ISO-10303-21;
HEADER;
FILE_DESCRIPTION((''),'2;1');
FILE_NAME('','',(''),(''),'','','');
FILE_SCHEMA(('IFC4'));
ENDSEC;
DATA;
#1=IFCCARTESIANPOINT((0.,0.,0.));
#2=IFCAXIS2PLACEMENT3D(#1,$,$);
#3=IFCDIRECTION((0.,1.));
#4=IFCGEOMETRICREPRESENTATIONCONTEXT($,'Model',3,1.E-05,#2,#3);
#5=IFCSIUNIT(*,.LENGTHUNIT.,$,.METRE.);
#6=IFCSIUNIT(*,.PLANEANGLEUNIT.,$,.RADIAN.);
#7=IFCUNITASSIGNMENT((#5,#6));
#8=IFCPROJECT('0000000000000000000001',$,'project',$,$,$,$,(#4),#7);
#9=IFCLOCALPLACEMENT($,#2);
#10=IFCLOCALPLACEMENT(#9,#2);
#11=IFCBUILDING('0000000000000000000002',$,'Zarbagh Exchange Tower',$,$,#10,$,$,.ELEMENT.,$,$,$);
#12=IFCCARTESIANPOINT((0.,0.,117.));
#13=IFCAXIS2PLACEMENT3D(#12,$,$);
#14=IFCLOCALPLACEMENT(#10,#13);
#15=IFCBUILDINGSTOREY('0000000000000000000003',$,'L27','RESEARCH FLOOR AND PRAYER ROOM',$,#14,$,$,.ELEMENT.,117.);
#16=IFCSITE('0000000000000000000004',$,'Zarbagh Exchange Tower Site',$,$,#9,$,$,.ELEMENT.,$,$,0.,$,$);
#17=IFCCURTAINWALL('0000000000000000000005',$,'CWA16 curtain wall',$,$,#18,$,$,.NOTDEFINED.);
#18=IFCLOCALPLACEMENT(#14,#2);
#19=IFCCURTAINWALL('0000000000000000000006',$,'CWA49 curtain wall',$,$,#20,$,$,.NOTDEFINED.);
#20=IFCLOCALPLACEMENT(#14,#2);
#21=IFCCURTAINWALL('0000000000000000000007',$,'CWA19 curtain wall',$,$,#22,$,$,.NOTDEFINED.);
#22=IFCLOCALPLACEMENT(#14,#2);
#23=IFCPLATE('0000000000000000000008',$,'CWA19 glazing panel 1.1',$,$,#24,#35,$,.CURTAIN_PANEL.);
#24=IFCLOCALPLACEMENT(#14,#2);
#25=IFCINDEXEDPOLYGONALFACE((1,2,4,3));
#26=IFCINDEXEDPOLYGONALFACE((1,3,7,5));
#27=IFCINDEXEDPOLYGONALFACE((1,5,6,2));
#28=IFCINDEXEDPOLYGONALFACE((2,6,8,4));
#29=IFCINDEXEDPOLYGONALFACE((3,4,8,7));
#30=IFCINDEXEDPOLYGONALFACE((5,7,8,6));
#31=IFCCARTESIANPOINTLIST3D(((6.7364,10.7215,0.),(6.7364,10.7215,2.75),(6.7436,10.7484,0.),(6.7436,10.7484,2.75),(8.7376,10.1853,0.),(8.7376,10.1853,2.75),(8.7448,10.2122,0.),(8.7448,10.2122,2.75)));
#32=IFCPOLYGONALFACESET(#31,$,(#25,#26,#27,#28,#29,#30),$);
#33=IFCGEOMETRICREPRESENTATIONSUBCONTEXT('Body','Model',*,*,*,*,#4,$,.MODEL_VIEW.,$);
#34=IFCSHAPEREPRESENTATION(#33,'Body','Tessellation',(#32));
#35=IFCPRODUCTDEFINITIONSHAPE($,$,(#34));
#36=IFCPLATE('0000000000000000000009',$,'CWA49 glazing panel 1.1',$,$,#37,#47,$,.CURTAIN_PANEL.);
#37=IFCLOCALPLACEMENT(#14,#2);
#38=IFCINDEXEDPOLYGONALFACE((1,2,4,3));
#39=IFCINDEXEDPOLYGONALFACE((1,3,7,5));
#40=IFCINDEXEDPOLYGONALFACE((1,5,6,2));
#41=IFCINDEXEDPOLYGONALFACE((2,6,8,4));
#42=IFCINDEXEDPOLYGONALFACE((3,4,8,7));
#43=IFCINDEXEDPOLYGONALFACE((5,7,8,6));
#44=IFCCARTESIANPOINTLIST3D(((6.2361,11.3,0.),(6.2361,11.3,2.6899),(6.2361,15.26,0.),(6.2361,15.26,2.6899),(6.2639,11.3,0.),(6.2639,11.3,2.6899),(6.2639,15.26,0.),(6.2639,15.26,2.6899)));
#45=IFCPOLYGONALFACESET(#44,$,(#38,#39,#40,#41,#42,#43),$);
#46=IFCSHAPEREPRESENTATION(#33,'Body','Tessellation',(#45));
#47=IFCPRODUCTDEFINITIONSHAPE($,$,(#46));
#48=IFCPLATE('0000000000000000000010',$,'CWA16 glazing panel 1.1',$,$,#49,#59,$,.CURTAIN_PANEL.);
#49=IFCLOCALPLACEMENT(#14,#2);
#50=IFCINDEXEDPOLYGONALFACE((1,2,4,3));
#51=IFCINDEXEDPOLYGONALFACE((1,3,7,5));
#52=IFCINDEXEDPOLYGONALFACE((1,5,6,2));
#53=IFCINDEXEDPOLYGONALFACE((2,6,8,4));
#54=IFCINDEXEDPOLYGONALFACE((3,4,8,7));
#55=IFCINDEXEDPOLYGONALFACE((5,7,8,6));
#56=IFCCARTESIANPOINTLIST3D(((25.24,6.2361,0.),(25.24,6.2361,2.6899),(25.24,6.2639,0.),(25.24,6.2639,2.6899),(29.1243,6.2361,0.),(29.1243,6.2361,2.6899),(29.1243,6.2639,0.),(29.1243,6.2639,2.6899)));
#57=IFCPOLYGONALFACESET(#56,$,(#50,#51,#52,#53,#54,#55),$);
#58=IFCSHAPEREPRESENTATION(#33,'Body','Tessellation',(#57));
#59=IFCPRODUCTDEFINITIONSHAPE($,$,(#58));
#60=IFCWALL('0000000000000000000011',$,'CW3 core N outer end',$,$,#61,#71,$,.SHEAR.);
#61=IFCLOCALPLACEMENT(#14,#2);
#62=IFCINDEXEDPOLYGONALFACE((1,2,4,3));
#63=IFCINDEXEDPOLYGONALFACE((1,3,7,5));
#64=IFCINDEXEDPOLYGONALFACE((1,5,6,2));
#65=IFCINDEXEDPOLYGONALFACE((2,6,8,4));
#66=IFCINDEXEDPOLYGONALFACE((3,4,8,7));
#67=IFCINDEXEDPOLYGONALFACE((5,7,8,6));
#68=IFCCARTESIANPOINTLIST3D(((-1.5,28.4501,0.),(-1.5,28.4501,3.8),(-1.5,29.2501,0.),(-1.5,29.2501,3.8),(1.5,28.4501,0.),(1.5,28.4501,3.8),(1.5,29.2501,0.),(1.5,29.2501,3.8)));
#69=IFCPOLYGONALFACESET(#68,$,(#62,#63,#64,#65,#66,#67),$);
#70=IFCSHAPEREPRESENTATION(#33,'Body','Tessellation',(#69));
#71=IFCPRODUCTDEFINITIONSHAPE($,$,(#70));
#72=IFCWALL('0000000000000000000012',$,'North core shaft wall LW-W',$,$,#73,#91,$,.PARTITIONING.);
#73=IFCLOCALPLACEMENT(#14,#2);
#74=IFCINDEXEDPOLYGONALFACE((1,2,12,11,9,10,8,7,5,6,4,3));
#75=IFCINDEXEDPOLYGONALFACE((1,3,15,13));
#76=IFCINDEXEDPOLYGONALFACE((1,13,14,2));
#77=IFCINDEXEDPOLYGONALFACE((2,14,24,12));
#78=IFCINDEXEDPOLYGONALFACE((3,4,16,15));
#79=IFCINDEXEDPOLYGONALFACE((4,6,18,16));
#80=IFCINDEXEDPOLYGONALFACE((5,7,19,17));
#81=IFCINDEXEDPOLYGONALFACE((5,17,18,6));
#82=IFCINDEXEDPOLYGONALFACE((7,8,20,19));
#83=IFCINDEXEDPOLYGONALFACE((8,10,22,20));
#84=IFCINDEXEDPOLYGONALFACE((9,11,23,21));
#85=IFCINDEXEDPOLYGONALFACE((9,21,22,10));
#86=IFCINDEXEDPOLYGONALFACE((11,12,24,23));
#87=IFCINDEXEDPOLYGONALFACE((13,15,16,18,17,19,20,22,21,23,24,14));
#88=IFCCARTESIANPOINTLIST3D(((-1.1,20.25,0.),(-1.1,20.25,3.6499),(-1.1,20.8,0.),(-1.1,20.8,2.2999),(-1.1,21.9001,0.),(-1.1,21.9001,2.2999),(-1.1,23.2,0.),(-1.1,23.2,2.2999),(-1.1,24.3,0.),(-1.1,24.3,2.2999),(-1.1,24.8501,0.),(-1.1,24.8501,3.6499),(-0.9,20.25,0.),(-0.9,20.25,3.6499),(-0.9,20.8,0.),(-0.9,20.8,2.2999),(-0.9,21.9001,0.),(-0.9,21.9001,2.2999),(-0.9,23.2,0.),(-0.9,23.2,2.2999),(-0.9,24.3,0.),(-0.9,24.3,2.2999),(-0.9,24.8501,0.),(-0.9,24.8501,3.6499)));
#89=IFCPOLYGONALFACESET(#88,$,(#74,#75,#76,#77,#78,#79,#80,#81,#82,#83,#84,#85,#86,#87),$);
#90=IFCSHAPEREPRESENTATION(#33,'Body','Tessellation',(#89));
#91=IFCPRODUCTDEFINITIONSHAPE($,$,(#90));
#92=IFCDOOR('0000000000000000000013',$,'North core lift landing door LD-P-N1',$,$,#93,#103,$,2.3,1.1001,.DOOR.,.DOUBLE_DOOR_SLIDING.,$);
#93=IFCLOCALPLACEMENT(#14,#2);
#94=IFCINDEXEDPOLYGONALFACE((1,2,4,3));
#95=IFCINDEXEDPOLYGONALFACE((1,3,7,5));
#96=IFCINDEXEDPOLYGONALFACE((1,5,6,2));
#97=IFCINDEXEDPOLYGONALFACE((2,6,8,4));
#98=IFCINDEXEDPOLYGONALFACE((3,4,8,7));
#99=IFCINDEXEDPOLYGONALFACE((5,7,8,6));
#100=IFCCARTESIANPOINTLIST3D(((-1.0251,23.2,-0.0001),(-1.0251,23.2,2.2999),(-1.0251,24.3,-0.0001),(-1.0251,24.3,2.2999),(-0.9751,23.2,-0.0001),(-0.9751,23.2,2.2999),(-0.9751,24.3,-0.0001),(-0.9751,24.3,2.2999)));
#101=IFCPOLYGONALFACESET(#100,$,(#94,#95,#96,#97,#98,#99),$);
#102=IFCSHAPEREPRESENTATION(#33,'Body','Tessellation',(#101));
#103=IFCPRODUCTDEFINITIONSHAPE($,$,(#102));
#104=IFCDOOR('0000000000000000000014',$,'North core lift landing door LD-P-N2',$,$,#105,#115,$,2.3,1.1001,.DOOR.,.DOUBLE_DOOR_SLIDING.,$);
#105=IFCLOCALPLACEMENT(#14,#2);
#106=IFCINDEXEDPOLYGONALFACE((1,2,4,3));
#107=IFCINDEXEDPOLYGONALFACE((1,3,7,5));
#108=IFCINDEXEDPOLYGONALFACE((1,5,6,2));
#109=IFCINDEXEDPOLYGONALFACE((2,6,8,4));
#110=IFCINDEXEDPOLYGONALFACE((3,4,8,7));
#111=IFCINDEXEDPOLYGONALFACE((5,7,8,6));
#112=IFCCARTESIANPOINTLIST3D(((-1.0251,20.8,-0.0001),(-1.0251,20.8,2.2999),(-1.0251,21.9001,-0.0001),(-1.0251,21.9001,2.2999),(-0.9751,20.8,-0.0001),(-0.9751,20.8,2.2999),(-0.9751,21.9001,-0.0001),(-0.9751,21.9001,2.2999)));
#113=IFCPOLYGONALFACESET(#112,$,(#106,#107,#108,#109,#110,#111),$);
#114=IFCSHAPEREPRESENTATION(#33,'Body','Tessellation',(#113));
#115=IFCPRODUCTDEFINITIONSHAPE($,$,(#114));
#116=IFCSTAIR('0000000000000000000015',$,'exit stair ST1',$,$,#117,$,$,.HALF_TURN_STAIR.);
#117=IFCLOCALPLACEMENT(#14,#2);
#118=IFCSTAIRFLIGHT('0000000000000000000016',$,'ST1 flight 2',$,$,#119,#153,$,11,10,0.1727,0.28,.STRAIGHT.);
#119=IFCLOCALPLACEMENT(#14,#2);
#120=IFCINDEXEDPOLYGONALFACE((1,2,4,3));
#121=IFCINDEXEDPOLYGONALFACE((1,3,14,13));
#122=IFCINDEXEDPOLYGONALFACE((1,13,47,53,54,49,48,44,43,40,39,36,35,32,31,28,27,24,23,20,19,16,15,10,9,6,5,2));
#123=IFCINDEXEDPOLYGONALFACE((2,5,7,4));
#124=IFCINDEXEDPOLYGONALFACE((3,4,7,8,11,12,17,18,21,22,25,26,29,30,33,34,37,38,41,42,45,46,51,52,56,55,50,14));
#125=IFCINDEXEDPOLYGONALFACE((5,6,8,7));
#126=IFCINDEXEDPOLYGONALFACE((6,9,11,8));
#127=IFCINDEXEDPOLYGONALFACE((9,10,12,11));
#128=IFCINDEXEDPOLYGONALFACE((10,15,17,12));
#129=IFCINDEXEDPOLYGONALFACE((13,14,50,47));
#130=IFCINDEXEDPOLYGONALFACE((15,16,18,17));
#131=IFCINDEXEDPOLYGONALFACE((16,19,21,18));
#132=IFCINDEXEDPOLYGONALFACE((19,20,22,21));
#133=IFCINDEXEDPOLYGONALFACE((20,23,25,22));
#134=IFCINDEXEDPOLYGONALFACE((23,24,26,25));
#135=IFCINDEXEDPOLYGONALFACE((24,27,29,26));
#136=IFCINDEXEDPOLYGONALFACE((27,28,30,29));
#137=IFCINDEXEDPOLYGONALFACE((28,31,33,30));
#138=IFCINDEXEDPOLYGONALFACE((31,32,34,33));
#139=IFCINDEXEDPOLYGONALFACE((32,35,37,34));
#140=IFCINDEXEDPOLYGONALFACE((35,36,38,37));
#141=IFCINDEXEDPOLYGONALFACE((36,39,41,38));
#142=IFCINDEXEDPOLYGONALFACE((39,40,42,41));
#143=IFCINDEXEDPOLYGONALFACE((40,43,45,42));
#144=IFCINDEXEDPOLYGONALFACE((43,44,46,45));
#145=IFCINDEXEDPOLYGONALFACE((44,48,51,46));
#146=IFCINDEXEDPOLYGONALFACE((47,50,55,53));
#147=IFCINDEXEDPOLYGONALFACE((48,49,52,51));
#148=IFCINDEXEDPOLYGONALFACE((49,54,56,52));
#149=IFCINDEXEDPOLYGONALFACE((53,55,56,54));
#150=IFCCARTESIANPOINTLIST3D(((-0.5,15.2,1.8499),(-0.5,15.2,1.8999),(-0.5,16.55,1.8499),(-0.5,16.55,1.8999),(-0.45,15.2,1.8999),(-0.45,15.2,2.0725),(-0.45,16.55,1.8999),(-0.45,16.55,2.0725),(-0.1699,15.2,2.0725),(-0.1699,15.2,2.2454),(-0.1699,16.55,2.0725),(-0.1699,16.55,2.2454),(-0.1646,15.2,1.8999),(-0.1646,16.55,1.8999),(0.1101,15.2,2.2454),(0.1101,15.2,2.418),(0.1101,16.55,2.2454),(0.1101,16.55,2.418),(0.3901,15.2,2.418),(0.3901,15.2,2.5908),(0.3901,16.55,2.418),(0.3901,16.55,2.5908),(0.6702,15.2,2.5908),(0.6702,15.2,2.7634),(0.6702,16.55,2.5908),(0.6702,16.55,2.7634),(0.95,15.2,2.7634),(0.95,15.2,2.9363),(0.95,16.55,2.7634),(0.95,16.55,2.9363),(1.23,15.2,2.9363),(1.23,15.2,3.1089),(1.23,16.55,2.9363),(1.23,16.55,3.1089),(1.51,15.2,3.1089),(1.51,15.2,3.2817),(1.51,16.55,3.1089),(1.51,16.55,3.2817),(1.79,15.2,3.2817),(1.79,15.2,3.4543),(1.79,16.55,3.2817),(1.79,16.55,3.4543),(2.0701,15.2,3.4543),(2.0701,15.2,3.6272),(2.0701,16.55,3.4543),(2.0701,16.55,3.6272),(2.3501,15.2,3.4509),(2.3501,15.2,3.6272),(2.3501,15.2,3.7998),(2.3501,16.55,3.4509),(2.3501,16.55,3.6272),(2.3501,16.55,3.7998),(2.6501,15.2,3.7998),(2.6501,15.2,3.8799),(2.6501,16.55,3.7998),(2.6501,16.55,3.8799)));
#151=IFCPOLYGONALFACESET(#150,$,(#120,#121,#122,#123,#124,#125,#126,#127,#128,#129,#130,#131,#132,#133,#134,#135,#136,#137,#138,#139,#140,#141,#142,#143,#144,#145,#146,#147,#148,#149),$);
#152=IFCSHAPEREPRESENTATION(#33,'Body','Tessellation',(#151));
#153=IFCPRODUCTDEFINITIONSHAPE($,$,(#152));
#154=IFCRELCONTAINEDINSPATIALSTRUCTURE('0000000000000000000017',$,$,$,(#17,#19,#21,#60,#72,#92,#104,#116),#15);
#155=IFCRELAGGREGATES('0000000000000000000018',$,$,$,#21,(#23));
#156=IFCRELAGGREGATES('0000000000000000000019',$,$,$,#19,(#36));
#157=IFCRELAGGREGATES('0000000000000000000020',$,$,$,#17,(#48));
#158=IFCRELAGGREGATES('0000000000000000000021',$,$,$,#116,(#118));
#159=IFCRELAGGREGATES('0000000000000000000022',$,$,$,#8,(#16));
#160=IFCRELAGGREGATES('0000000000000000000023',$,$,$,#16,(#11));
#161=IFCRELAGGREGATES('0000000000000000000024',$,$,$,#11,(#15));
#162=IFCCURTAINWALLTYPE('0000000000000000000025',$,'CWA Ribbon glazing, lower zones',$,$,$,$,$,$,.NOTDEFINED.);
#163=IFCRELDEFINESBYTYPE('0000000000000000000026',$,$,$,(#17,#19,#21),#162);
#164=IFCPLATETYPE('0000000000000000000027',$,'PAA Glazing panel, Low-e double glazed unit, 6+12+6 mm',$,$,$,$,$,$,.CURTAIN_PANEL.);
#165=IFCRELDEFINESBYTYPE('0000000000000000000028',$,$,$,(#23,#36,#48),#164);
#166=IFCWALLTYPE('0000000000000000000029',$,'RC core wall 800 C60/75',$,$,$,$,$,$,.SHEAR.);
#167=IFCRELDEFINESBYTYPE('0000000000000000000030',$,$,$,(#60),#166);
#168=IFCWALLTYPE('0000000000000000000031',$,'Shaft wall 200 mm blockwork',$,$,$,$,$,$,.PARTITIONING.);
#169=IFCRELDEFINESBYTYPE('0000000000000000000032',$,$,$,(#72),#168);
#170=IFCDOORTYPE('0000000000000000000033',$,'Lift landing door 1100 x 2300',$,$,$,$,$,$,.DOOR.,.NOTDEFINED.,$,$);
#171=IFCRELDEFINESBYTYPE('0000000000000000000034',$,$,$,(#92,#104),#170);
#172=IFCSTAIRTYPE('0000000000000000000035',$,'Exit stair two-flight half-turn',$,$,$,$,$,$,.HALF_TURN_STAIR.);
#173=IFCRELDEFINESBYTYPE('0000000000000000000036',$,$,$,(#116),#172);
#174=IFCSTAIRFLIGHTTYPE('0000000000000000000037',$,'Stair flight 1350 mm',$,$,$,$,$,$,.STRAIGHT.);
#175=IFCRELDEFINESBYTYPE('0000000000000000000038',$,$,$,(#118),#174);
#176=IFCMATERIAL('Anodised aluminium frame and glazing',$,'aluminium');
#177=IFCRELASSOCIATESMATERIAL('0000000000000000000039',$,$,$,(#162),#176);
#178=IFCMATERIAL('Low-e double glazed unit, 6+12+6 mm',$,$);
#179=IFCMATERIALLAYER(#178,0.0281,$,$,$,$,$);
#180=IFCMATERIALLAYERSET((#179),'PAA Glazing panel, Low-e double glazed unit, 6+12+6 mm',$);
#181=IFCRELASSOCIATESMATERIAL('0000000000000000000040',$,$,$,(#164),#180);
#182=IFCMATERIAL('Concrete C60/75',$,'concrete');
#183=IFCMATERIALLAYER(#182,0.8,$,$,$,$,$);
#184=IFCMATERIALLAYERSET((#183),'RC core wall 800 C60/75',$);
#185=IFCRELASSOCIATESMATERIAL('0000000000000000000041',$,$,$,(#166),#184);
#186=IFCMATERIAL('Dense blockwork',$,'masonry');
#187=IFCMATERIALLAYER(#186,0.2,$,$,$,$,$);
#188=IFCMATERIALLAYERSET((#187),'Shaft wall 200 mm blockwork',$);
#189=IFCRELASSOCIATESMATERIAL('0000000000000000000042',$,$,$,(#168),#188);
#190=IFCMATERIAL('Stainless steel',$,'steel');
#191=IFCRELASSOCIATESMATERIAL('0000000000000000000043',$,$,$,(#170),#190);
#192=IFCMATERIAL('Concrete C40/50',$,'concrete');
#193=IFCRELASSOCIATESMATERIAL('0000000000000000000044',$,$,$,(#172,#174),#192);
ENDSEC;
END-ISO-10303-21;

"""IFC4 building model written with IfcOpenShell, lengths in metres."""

from ifc_helpers import new_model, si_unit, direction, frame, frame_2d, origin, place, context, subcontext, project, spatial, polyline, rectangle, outline, extrude, source, transform, mapped, material, layer, layer_set, type_object, element, fill, aggregate, save


model = new_model("IFC4")

# Units and contexts
model_context = context("Model", 3, precision=1e-05, world=origin(), true_north=direction((0.0, 1.0)))
body_context = subcontext(model_context, "Body", "Model", "MODEL_VIEW")
ifc_project = project(units=[si_unit("LENGTHUNIT", "METRE"), si_unit("PLANEANGLEUNIT", "RADIAN")], contexts=[model_context])

# Site, building, storey
site_placement = place(None, origin())
site = spatial("IfcSite", under=ifc_project, at=site_placement, Name="Zarbagh Exchange Tower Site", CompositionType="ELEMENT", RefElevation=0.0)
building_placement = place(site_placement, origin())
building = spatial("IfcBuilding", under=site, at=building_placement, Name="Zarbagh Exchange Tower", CompositionType="ELEMENT")
storey_placement = place(building_placement, frame((0.0, 0.0, 117.0)))
storey = spatial("IfcBuildingStorey", under=building, at=storey_placement, Name="L27", Description="RESEARCH FLOOR AND PRAYER ROOM", CompositionType="ELEMENT", Elevation=117.0)

# Curtain wall
ifc_material_1 = material(Name="Anodised aluminium frame and glazing", Category="aluminium")
curtain_wall_type = type_object("IfcCurtainWallType", Name="CWA Ribbon glazing, lower zones", PredefinedType="NOTDEFINED", material=ifc_material_1)
curtain_wall_1_placement = place(storey_placement, origin())
curtain_wall_1 = element("IfcCurtainWall", 1, at=curtain_wall_1_placement, inside=storey, type_object=curtain_wall_type, Name="CWA16 curtain wall", PredefinedType="NOTDEFINED")
placement = place(storey_placement, origin())

# Curtain wall
curtain_wall_2_placement = place(storey_placement, origin())
curtain_wall_2 = element("IfcCurtainWall", 2, at=curtain_wall_2_placement, inside=storey, type_object=curtain_wall_type, Name="CWA49 curtain wall", PredefinedType="NOTDEFINED")

# Shared definitions
ifc_material_2 = material(Name="Low-e double glazed unit, 6+12+6 mm")
ifc_layer_1 = layer(ifc_material_2, 0.0281)
ifc_layer_set_1 = layer_set([ifc_layer_1], Name="PAA Glazing panel, Low-e double glazed unit, 6+12+6 mm")
plate_type = type_object("IfcPlateType", Name="PAA Glazing panel, Low-e double glazed unit, 6+12+6 mm", PredefinedType="CURTAIN_PANEL", material=ifc_layer_set_1)

# Curtain wall, plate
curtain_wall_3_placement = place(storey_placement, origin())
curtain_wall_3 = element("IfcCurtainWall", 3, at=curtain_wall_3_placement, inside=storey, type_object=curtain_wall_type, Name="CWA19 curtain wall", PredefinedType="NOTDEFINED")
shared_shape_1 = source(origin(), body_context, "Body", "SweptSolid", [
    extrude(outline(polyline([(0.0, -0.0139), (2.0718, -0.0139), (2.0718, 0.0139), (0.0, 0.0139), (0.0, -0.0139)])), origin(), (0.0, 0.0, 1.0), 2.75),
])
plate_1 = element("IfcPlate", 4, at=placement, type_object=plate_type, Name="CWA19 glazing panel 1.1", PredefinedType="CURTAIN_PANEL", context=body_context, shape_type="MappedRepresentation", body=[
    mapped(shared_shape_1, transform((8.7412, 10.1987, 0.0), x_axis=(-0.965924, 0.258825, 0.0), y_axis=(-0.258825, -0.965924, 0.0), z_axis=(0.0, 0.0, 1.0))),
])
aggregate(curtain_wall_3, [plate_1])

# Plates
shared_shape_2 = source(origin(), body_context, "Body", "SweptSolid", [
    extrude(outline(polyline([(0.0, -0.0139), (3.96, -0.0139), (3.96, 0.0139), (0.0, 0.0139), (0.0, -0.0139)])), origin(), (0.0, 0.0, 1.0), 2.6899),
])
plate_2 = element("IfcPlate", 5, at=placement, type_object=plate_type, Name="CWA49 glazing panel 1.1", PredefinedType="CURTAIN_PANEL", context=body_context, shape_type="MappedRepresentation", body=[
    mapped(shared_shape_2, transform((6.25, 11.3, 0.0), x_axis=(0.0, 1.0, 0.0), y_axis=(-1.0, 0.0, 0.0), z_axis=(0.0, 0.0, 1.0))),
])
aggregate(curtain_wall_2, [plate_2])
shared_shape_3 = source(origin(), body_context, "Body", "SweptSolid", [
    extrude(outline(polyline([(0.0, -0.0139), (3.8843, -0.0139), (3.8843, 0.0139), (0.0, 0.0139), (0.0, -0.0139)])), origin(), (0.0, 0.0, 1.0), 2.6899),
])
plate_3 = element("IfcPlate", 6, at=placement, type_object=plate_type, Name="CWA16 glazing panel 1.1", PredefinedType="CURTAIN_PANEL", context=body_context, shape_type="MappedRepresentation", body=[
    mapped(shared_shape_3, transform((29.1243, 6.25, 0.0), x_axis=(-1.0, 0.0, 0.0), y_axis=(0.0, -1.0, 0.0), z_axis=(0.0, 0.0, 1.0))),
])
aggregate(curtain_wall_1, [plate_3])

# Wall
ifc_material_3 = material(Name="Concrete C60/75", Category="concrete")
ifc_layer_2 = layer(ifc_material_3, 0.8)
ifc_layer_set_2 = layer_set([ifc_layer_2], Name="RC core wall 800 C60/75")
wall_type_1 = type_object("IfcWallType", Name="RC core wall 800 C60/75", PredefinedType="SHEAR", material=ifc_layer_set_2)
wall_1_placement = place(storey_placement, frame((-1.5, 28.8501, 0.0), z_axis=(0.0, 0.0, 1.0), x_axis=(1.0, 0.0, 0.0)))
element("IfcWall", 7, at=wall_1_placement, inside=storey, type_object=wall_type_1, Name="CW3 core N outer end", PredefinedType="SHEAR", context=body_context, shape_type="SweptSolid", body=[
    extrude(rectangle(XDim=3.0, YDim=0.8, at=frame_2d((1.5, 0.0))), origin(), (0.0, 0.0, 1.0), 3.8),
])

# Wall, openings, doors
ifc_material_4 = material(Name="Dense blockwork", Category="masonry")
ifc_layer_3 = layer(ifc_material_4, 0.2)
ifc_layer_set_3 = layer_set([ifc_layer_3], Name="Shaft wall 200 mm blockwork")
wall_type_2 = type_object("IfcWallType", Name="Shaft wall 200 mm blockwork", PredefinedType="PARTITIONING", material=ifc_layer_set_3)
wall_2_placement = place(storey_placement, frame((-1.0, 24.8501, 0.0), z_axis=(0.0, 0.0, 1.0), x_axis=(0.0, -1.0, 0.0)))
wall_2 = element("IfcWall", 8, at=wall_2_placement, inside=storey, type_object=wall_type_2, Name="North core shaft wall LW-W", PredefinedType="PARTITIONING", context=body_context, shape_type="SweptSolid", body=[
    extrude(rectangle(XDim=4.6001, YDim=0.2, at=frame_2d((2.3, 0.0))), origin(), (0.0, 0.0, 1.0), 3.6499),
])
opening_1_placement = place(wall_2_placement, frame((0.55, 0.0, 0.0)))
opening_1 = element("IfcOpeningElement", 9, at=opening_1_placement, cuts=wall_2, PredefinedType="OPENING", context=body_context, shape_type="SweptSolid", body=[
    extrude(rectangle(XDim=1.1001, YDim=2.3, at=frame_2d((0.55, 1.1499))), frame((0.0, 0.1099, 0.0), z_axis=(0.0, -1.0, 0.0), x_axis=(1.0, 0.0, 0.0)), (0.0, 0.0, 1.0), 0.22),
])
opening_2_placement = place(wall_2_placement, frame((2.95, 0.0, 0.0)))
opening_2 = element("IfcOpeningElement", 10, at=opening_2_placement, cuts=wall_2, PredefinedType="OPENING", context=body_context, shape_type="SweptSolid", body=[
    extrude(rectangle(XDim=1.1001, YDim=2.3, at=frame_2d((0.55, 1.1499))), frame((0.0, 0.1099, 0.0), z_axis=(0.0, -1.0, 0.0), x_axis=(1.0, 0.0, 0.0)), (0.0, 0.0, 1.0), 0.22),
])
ifc_material_5 = material(Name="Stainless steel", Category="steel")
door_type = type_object("IfcDoorType", Name="Lift landing door 1100 x 2300", OperationType="NOTDEFINED", PredefinedType="DOOR", material=ifc_material_5)
door_1_placement = place(opening_1_placement, origin())
door_1 = element("IfcDoor", 11, at=door_1_placement, inside=storey, type_object=door_type, Name="North core lift landing door LD-P-N1", OperationType="DOUBLE_DOOR_SLIDING", OverallHeight=2.3, OverallWidth=1.1001, PredefinedType="DOOR", context=body_context, shape_type="SweptSolid", body=[
    extrude(rectangle(XDim=1.1001, YDim=2.3, at=frame_2d((0.55, 1.1499))), frame((0.0, 0.0249, 0.0), z_axis=(0.0, -1.0, 0.0), x_axis=(1.0, 0.0, 0.0)), (0.0, 0.0, 1.0), 0.05),
])
fill(opening_1, door_1)
door_2_placement = place(opening_2_placement, origin())
door_2 = element("IfcDoor", 12, at=door_2_placement, inside=storey, type_object=door_type, Name="North core lift landing door LD-P-N2", OperationType="DOUBLE_DOOR_SLIDING", OverallHeight=2.3, OverallWidth=1.1001, PredefinedType="DOOR", context=body_context, shape_type="SweptSolid", body=[
    extrude(rectangle(XDim=1.1001, YDim=2.3, at=frame_2d((0.55, 1.1499))), frame((0.0, 0.0249, 0.0), z_axis=(0.0, -1.0, 0.0), x_axis=(1.0, 0.0, 0.0)), (0.0, 0.0, 1.0), 0.05),
])
fill(opening_2, door_2)

# Stair, stair flight
ifc_material_6 = material(Name="Concrete C40/50", Category="concrete")
stair_type = type_object("IfcStairType", Name="Exit stair two-flight half-turn", PredefinedType="HALF_TURN_STAIR", material=ifc_material_6)
stair_1_placement = place(storey_placement, origin())
stair_1 = element("IfcStair", 13, at=stair_1_placement, inside=storey, type_object=stair_type, Name="exit stair ST1", PredefinedType="HALF_TURN_STAIR")
stair_flight_type_1 = type_object("IfcStairFlightType", Name="Stair flight 1350 mm", PredefinedType="STRAIGHT", material=ifc_material_6)
stair_flight_1_placement = place(storey_placement, frame((-0.45, 15.875, 1.8999), z_axis=(0.0, 0.0, 1.0), x_axis=(1.0, 0.0, 0.0)))
stair_flight_1 = element("IfcStairFlight", 14, at=stair_flight_1_placement, type_object=stair_flight_type_1, Name="ST1 flight 2", NumberOfRisers=11, NumberOfTreads=10, PredefinedType="STRAIGHT", RiserHeight=0.1727, TreadLength=0.28, context=body_context, shape_type="SweptSolid", body=[
    extrude(outline(polyline([(-0.05, -0.05), (-0.05, 0.0), (0.0, 0.0), (0.0, 0.1726), (0.28, 0.1726), (0.28, 0.3455), (0.5601, 0.3455), (0.5601, 0.5181), (0.8401, 0.5181), (0.8401, 0.6909), (1.1201, 0.6909), (1.1201, 0.8635), (1.3999, 0.8635), (1.3999, 1.0364), (1.6799, 1.0364), (1.6799, 1.209), (1.96, 1.209), (1.96, 1.3818), (2.24, 1.3818), (2.24, 1.5544), (2.52, 1.5544), (2.52, 1.7273), (2.8, 1.7273), (2.8, 1.8999), (3.1001, 1.98), (3.1001, 1.8999), (2.8, 1.551), (0.2854, 0.0), (-0.05, -0.05)])), frame((0.0, 0.675, 0.0), z_axis=(0.0, -1.0, 0.0), x_axis=(1.0, 0.0, 0.0)), (0.0, 0.0, 1.0), 1.3501),
])
aggregate(stair_1, [stair_flight_1])

save(model, "model.ifc")
